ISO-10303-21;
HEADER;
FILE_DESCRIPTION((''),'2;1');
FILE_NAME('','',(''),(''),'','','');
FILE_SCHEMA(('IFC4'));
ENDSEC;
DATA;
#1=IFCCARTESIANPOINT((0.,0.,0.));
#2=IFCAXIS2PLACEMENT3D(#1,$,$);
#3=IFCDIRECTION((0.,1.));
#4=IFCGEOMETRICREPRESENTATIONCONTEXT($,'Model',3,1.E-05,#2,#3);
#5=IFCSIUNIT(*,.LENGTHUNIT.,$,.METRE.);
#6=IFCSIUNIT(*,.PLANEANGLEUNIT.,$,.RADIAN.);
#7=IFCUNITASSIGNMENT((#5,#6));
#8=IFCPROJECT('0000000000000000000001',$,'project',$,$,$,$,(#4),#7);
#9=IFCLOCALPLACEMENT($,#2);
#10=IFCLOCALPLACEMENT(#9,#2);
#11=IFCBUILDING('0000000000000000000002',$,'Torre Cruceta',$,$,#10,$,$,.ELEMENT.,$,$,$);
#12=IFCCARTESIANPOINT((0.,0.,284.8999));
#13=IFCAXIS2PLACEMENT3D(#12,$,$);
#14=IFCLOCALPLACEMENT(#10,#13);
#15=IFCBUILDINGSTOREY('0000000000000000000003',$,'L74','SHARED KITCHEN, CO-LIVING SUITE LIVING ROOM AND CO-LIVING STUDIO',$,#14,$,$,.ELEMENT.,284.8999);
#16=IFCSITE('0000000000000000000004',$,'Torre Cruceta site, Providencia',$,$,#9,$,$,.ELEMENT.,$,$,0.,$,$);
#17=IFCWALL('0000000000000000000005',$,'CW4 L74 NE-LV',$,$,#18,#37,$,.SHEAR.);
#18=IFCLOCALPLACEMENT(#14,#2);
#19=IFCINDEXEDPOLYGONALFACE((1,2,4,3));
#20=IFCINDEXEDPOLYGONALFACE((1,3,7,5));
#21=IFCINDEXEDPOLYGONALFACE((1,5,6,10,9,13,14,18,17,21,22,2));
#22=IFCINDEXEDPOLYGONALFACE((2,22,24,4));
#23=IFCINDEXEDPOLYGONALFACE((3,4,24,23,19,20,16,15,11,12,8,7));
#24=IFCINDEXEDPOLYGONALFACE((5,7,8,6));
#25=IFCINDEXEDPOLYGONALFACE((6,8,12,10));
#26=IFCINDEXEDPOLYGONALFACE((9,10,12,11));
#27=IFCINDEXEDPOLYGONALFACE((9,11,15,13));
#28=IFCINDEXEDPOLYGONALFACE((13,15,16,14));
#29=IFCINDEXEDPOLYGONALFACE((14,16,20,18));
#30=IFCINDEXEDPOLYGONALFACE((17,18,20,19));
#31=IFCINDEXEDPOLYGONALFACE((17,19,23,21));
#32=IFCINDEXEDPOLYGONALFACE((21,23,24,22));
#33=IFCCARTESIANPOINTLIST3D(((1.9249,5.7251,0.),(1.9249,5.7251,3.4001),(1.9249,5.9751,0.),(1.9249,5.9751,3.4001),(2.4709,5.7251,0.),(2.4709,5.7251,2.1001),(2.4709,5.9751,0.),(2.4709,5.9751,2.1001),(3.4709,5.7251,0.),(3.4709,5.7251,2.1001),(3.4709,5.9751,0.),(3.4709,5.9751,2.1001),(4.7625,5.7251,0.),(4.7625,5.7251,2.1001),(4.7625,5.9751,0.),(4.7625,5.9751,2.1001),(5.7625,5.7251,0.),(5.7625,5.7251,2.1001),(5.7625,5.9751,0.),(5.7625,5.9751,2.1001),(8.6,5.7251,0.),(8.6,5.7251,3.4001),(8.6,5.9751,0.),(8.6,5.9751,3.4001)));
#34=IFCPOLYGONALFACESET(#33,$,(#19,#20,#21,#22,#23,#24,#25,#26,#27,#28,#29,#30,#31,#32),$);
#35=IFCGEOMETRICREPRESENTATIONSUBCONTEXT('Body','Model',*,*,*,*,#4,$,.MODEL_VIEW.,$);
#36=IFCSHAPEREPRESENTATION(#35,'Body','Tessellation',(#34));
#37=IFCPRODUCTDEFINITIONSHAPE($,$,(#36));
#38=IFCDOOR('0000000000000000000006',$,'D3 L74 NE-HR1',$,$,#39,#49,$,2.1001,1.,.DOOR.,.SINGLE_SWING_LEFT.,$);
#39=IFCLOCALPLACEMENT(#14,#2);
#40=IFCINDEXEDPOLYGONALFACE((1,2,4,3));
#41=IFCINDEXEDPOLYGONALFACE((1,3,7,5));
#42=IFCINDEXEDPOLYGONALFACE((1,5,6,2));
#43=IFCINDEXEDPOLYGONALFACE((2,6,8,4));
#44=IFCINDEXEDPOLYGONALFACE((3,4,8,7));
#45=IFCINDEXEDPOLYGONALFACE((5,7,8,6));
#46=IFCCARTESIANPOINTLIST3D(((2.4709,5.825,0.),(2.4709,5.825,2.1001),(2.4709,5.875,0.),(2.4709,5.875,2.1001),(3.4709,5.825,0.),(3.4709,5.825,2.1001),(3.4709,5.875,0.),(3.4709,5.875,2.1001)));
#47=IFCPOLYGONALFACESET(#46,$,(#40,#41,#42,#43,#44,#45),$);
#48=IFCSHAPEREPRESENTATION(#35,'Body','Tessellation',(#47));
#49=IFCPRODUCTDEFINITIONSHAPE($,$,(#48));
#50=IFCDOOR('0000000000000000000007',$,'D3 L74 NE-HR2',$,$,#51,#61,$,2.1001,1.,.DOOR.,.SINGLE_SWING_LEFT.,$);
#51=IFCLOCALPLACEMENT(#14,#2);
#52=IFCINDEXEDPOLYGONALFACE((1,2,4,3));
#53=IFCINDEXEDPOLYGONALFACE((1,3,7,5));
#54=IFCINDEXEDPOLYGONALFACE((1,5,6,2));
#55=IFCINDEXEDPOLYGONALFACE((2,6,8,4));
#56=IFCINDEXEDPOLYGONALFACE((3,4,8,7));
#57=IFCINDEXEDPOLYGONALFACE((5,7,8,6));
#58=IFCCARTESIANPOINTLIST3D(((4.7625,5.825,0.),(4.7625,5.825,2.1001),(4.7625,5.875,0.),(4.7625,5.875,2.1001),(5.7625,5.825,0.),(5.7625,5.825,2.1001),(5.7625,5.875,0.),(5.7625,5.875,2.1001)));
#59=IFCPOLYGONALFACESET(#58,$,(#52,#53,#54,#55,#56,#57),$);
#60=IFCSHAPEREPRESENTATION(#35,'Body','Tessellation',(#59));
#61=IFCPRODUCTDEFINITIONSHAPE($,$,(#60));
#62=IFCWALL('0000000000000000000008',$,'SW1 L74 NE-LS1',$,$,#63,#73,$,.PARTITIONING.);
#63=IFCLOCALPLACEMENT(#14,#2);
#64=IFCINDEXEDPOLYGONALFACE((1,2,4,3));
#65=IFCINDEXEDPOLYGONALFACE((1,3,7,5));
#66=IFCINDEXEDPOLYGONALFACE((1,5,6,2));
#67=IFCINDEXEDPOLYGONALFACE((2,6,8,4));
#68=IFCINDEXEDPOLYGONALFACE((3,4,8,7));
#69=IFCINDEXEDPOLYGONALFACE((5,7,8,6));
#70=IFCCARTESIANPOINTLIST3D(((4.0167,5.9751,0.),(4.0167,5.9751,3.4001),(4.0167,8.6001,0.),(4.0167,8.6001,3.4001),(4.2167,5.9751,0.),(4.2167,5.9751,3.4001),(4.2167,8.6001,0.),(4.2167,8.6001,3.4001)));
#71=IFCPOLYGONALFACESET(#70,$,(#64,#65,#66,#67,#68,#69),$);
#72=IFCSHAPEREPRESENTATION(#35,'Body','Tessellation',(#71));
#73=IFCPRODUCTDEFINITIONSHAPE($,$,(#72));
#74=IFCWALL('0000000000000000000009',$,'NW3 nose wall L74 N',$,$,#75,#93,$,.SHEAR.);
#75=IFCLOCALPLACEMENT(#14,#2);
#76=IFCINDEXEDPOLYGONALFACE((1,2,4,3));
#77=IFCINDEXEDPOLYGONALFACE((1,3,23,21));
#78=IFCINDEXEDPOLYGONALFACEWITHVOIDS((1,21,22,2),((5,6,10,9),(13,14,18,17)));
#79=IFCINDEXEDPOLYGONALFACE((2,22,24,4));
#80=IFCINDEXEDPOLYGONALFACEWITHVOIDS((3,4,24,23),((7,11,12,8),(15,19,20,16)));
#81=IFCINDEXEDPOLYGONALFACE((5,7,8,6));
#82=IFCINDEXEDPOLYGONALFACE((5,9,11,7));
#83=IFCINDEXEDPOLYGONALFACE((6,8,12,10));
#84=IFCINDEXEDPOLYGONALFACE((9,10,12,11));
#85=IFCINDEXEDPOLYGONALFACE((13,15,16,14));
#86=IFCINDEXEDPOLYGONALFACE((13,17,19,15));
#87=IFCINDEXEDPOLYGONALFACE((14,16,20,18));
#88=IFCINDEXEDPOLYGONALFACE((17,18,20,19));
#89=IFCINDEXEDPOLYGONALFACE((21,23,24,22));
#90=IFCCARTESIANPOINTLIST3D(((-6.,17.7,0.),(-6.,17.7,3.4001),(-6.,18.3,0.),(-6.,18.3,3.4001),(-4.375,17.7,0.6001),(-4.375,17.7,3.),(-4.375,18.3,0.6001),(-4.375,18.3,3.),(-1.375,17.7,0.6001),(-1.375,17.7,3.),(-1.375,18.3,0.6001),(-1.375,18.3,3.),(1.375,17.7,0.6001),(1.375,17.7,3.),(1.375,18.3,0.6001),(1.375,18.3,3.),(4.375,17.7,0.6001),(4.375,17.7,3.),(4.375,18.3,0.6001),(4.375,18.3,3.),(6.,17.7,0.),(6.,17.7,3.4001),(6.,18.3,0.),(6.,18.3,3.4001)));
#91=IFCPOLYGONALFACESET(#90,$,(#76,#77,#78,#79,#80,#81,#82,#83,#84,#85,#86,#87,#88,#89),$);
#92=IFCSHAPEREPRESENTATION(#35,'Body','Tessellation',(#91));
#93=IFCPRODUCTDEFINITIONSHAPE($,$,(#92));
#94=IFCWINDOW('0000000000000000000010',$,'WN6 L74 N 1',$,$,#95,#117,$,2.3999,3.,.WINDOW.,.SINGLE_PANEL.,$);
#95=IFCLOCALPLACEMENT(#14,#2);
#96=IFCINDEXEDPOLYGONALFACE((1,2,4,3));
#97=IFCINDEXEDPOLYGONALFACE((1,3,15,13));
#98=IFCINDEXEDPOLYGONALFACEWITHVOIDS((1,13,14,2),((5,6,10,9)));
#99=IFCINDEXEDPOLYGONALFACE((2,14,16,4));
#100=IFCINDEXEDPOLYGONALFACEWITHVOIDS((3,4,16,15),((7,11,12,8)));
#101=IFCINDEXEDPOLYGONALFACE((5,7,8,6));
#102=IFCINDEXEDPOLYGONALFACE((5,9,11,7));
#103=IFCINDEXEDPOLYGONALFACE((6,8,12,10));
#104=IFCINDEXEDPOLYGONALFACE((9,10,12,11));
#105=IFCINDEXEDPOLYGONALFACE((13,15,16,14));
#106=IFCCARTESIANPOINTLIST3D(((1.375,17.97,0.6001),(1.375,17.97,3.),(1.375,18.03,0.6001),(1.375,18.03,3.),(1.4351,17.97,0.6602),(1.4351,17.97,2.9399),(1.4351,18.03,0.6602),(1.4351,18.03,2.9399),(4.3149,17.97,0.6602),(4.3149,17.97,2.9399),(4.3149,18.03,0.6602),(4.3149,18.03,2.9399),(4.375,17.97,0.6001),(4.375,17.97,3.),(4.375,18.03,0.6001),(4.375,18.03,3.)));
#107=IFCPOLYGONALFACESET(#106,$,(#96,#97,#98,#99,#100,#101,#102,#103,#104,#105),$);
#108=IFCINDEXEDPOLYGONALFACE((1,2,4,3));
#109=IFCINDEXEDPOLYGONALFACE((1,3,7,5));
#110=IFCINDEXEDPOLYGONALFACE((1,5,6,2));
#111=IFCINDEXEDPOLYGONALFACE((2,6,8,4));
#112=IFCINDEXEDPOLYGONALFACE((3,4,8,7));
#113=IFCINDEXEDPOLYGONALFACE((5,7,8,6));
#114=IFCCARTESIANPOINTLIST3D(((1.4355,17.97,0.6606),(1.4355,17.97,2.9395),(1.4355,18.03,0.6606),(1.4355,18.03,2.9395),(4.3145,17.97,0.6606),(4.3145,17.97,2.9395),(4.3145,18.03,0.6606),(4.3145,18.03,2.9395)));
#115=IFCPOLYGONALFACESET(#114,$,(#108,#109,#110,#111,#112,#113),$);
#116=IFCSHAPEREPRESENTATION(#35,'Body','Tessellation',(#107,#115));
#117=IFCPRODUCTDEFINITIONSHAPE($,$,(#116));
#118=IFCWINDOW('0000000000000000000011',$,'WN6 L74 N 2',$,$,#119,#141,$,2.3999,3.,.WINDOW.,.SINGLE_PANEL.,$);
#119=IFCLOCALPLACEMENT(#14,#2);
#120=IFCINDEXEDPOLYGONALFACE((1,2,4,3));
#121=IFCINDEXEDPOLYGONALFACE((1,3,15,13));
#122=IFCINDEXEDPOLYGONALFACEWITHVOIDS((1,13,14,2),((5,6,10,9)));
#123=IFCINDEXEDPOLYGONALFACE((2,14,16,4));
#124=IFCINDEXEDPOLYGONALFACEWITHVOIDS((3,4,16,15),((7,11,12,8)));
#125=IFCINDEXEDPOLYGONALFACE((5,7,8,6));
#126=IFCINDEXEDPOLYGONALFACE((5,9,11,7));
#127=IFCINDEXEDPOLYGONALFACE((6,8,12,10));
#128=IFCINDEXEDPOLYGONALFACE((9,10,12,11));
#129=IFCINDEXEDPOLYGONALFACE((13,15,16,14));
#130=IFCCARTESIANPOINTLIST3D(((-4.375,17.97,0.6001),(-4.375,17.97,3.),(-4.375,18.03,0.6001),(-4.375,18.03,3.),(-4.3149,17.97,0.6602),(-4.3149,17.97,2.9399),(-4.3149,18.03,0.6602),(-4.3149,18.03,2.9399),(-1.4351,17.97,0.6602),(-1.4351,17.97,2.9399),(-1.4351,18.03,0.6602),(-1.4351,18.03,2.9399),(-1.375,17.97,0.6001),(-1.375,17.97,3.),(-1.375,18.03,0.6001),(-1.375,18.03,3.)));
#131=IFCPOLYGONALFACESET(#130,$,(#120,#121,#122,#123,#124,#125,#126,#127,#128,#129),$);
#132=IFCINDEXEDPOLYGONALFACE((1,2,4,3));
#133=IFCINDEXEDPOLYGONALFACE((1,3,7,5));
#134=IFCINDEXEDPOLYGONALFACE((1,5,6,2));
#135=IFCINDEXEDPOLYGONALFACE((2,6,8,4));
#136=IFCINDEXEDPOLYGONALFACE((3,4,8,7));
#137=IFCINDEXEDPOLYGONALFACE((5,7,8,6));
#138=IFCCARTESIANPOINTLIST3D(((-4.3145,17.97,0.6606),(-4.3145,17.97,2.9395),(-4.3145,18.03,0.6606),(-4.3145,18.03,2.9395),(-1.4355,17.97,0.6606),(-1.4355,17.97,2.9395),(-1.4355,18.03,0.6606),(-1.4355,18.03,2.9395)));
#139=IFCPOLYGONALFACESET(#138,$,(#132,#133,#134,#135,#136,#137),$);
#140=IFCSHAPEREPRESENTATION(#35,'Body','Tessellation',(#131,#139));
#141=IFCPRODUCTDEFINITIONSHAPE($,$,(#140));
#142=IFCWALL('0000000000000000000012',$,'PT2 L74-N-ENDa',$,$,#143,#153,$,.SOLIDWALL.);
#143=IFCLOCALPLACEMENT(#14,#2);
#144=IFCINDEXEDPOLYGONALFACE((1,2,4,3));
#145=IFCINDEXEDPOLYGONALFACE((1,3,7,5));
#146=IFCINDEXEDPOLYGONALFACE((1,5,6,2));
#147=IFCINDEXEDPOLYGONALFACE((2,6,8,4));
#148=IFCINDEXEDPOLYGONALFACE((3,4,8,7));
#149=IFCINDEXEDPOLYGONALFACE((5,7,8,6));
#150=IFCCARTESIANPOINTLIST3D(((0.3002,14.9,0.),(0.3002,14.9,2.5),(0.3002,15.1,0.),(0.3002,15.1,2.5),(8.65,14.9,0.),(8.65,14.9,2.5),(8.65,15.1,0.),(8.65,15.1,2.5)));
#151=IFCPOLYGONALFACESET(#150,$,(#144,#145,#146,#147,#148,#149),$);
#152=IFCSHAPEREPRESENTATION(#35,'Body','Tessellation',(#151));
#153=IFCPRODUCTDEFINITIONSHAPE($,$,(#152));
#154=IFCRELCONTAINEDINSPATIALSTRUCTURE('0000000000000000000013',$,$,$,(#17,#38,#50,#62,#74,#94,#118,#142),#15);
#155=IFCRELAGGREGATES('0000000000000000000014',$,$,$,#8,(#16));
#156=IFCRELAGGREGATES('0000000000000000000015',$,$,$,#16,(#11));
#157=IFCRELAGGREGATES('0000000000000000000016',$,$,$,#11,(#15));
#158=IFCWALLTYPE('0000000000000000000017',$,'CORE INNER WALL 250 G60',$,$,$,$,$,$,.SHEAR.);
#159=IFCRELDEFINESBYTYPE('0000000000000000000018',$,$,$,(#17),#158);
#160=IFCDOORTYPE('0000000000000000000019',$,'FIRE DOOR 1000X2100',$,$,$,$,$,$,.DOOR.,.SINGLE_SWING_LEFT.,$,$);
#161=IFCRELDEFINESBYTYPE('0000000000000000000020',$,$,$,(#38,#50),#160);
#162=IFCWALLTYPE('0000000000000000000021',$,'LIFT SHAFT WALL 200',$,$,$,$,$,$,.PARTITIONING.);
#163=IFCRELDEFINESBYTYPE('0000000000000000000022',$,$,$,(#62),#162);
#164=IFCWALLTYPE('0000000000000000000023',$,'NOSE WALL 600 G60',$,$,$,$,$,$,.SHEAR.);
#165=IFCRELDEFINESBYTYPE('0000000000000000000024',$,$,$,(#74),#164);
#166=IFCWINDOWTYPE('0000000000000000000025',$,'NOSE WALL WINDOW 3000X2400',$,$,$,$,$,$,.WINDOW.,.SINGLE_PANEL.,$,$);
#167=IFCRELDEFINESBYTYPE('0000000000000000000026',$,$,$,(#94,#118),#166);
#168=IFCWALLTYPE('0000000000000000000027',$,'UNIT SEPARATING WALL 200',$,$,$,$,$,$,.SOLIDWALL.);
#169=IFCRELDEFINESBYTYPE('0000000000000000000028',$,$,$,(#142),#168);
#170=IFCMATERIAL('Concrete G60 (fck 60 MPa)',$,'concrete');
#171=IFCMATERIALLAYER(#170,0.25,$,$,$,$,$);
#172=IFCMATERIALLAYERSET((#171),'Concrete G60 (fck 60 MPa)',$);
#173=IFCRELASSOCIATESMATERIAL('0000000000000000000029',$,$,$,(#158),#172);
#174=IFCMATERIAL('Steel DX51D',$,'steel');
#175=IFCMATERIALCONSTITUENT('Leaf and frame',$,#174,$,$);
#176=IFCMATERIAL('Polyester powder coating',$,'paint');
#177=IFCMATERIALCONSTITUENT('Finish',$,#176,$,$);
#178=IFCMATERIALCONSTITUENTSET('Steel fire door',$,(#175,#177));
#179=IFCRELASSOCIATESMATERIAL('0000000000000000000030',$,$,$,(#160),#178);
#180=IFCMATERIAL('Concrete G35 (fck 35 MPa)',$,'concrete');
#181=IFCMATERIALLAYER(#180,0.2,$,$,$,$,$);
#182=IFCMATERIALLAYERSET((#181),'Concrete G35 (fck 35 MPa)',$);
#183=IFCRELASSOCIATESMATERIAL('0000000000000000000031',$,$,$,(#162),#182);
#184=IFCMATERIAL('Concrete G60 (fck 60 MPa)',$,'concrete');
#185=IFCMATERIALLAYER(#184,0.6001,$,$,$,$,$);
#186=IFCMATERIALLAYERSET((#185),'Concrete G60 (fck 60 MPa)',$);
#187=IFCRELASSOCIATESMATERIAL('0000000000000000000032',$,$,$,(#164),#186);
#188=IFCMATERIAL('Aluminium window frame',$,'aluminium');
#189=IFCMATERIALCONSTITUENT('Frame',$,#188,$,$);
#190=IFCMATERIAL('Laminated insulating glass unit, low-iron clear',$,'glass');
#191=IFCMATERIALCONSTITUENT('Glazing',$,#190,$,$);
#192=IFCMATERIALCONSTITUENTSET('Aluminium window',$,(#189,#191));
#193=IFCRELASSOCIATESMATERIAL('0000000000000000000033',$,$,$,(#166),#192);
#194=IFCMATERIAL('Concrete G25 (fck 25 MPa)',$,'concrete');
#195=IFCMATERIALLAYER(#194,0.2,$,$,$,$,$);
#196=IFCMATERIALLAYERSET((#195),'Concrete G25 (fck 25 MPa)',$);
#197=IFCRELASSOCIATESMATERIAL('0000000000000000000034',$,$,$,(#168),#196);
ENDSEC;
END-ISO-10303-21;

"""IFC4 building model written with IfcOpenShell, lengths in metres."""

from ifc_helpers import new_model, si_unit, direction, frame, frame_2d, origin, place, context, subcontext, project, spatial, rectangle, hollow_rectangle, extrude, material, layer, layer_set, constituent, constituent_set, type_object, element, fill, save


model = new_model("IFC4")

# Units and contexts
model_context = context("Model", 3, precision=1e-05, world=origin(), true_north=direction((0.0, 1.0)))
body_context = subcontext(model_context, "Body", "Model", "MODEL_VIEW")
ifc_project = project(units=[si_unit("LENGTHUNIT", "METRE"), si_unit("PLANEANGLEUNIT", "RADIAN")], contexts=[model_context])

# Site, building, storey
site_placement = place(None, origin())
site = spatial("IfcSite", under=ifc_project, at=site_placement, Name="Torre Cruceta site, Providencia", CompositionType="ELEMENT", RefElevation=0.0)
building_placement = place(site_placement, origin())
building = spatial("IfcBuilding", under=site, at=building_placement, Name="Torre Cruceta", CompositionType="ELEMENT")
storey_placement = place(building_placement, frame((0.0, 0.0, 284.8999)))
storey = spatial("IfcBuildingStorey", under=building, at=storey_placement, Name="L74", Description="SHARED KITCHEN, CO-LIVING SUITE LIVING ROOM AND CO-LIVING STUDIO", CompositionType="ELEMENT", Elevation=284.8999)

# Wall, openings, doors
ifc_material_1 = material(Name="Concrete G60 (fck 60 MPa)", Category="concrete")
ifc_layer_1 = layer(ifc_material_1, 0.25)
ifc_layer_set_1 = layer_set([ifc_layer_1], Name="Concrete G60 (fck 60 MPa)")
wall_type_1 = type_object("IfcWallType", Name="CORE INNER WALL 250 G60", PredefinedType="SHEAR", material=ifc_layer_set_1)
wall_1_placement = place(storey_placement, frame((1.925, 5.8501, 0.0), z_axis=(0.0, 0.0, 1.0), x_axis=(1.0, 0.0, 0.0)))
wall_1 = element("IfcWall", 1, at=wall_1_placement, inside=storey, type_object=wall_type_1, Name="CW4 L74 NE-LV", PredefinedType="SHEAR", context=body_context, shape_type="SweptSolid", body=[
    extrude(rectangle(XDim=6.675, YDim=0.25, at=frame_2d((3.3374, 0.0))), origin(), (0.0, 0.0, 1.0), 3.4001),
])
opening_1_placement = place(wall_1_placement, frame((0.5459, 0.0, 0.0)))
opening_1 = element("IfcOpeningElement", 2, at=opening_1_placement, cuts=wall_1, PredefinedType="OPENING", context=body_context, shape_type="SweptSolid", body=[
    extrude(rectangle(XDim=1.0, YDim=2.1001, at=frame_2d((0.5, 1.05))), frame((0.0, 0.135, 0.0), z_axis=(0.0, -1.0, 0.0), x_axis=(1.0, 0.0, 0.0)), (0.0, 0.0, 1.0), 0.27),
])
opening_2_placement = place(wall_1_placement, frame((2.8374, 0.0, 0.0)))
opening_2 = element("IfcOpeningElement", 3, at=opening_2_placement, cuts=wall_1, PredefinedType="OPENING", context=body_context, shape_type="SweptSolid", body=[
    extrude(rectangle(XDim=1.0, YDim=2.1001, at=frame_2d((0.5, 1.05))), frame((0.0, 0.135, 0.0), z_axis=(0.0, -1.0, 0.0), x_axis=(1.0, 0.0, 0.0)), (0.0, 0.0, 1.0), 0.27),
])
ifc_material_2 = material(Name="Steel DX51D", Category="steel")
ifc_constituent_1 = constituent(ifc_material_2, Name="Leaf and frame")
ifc_material_3 = material(Name="Polyester powder coating", Category="paint")
ifc_constituent_2 = constituent(ifc_material_3, Name="Finish")
ifc_constituent_set_1 = constituent_set(constituents=[ifc_constituent_1, ifc_constituent_2], Name="Steel fire door")
door_type_1 = type_object("IfcDoorType", Name="FIRE DOOR 1000X2100", OperationType="SINGLE_SWING_LEFT", PredefinedType="DOOR", material=ifc_constituent_set_1)
door_1_placement = place(opening_1_placement, origin())
door_1 = element("IfcDoor", 4, at=door_1_placement, inside=storey, type_object=door_type_1, Name="D3 L74 NE-HR1", OperationType="SINGLE_SWING_LEFT", OverallHeight=2.1001, OverallWidth=1.0, PredefinedType="DOOR", context=body_context, shape_type="SweptSolid", body=[
    extrude(rectangle(XDim=1.0, YDim=2.1001, at=frame_2d((0.5, 1.05))), frame((0.0, 0.0249, 0.0), z_axis=(0.0, -1.0, 0.0), x_axis=(1.0, 0.0, 0.0)), (0.0, 0.0, 1.0), 0.05),
])
fill(opening_1, door_1)
door_2_placement = place(opening_2_placement, origin())
door_2 = element("IfcDoor", 5, at=door_2_placement, inside=storey, type_object=door_type_1, Name="D3 L74 NE-HR2", OperationType="SINGLE_SWING_LEFT", OverallHeight=2.1001, OverallWidth=1.0, PredefinedType="DOOR", context=body_context, shape_type="SweptSolid", body=[
    extrude(rectangle(XDim=1.0, YDim=2.1001, at=frame_2d((0.5, 1.05))), frame((0.0, 0.0249, 0.0), z_axis=(0.0, -1.0, 0.0), x_axis=(1.0, 0.0, 0.0)), (0.0, 0.0, 1.0), 0.05),
])
fill(opening_2, door_2)

# Wall
ifc_material_4 = material(Name="Concrete G35 (fck 35 MPa)", Category="concrete")
ifc_layer_2 = layer(ifc_material_4, 0.2)
ifc_layer_set_2 = layer_set([ifc_layer_2], Name="Concrete G35 (fck 35 MPa)")
wall_type_2 = type_object("IfcWallType", Name="LIFT SHAFT WALL 200", PredefinedType="PARTITIONING", material=ifc_layer_set_2)
wall_2_placement = place(storey_placement, frame((4.1167, 5.9751, 0.0), z_axis=(0.0, 0.0, 1.0), x_axis=(0.0, 1.0, 0.0)))
element("IfcWall", 6, at=wall_2_placement, inside=storey, type_object=wall_type_2, Name="SW1 L74 NE-LS1", PredefinedType="PARTITIONING", context=body_context, shape_type="SweptSolid", body=[
    extrude(rectangle(XDim=2.625, YDim=0.2, at=frame_2d((1.3125, 0.0))), origin(), (0.0, 0.0, 1.0), 3.4001),
])

# Wall, openings, windows
ifc_material_5 = material(Name="Concrete G60 (fck 60 MPa)", Category="concrete")
ifc_layer_3 = layer(ifc_material_5, 0.6001)
ifc_layer_set_3 = layer_set([ifc_layer_3], Name="Concrete G60 (fck 60 MPa)")
wall_type_3 = type_object("IfcWallType", Name="NOSE WALL 600 G60", PredefinedType="SHEAR", material=ifc_layer_set_3)
wall_3_placement = place(storey_placement, frame((6.0, 18.0, 0.0), z_axis=(0.0, 0.0, 1.0), x_axis=(-1.0, 0.0, 0.0)))
wall_3 = element("IfcWall", 7, at=wall_3_placement, inside=storey, type_object=wall_type_3, Name="NW3 nose wall L74 N", PredefinedType="SHEAR", context=body_context, shape_type="SweptSolid", body=[
    extrude(rectangle(XDim=12.0, YDim=0.6001, at=frame_2d((6.0, 0.0))), origin(), (0.0, 0.0, 1.0), 3.4001),
])
opening_3_placement = place(wall_3_placement, frame((1.625, 0.0, 0.6001)))
opening_3 = element("IfcOpeningElement", 8, at=opening_3_placement, cuts=wall_3, PredefinedType="OPENING", context=body_context, shape_type="SweptSolid", body=[
    extrude(rectangle(XDim=3.0, YDim=2.3999, at=frame_2d((1.5, 1.2))), frame((0.0, 0.3101, 0.0), z_axis=(0.0, -1.0, 0.0), x_axis=(1.0, 0.0, 0.0)), (0.0, 0.0, 1.0), 0.6201),
])
opening_4_placement = place(wall_3_placement, frame((7.375, 0.0, 0.6001)))
opening_4 = element("IfcOpeningElement", 9, at=opening_4_placement, cuts=wall_3, PredefinedType="OPENING", context=body_context, shape_type="SweptSolid", body=[
    extrude(rectangle(XDim=3.0, YDim=2.3999, at=frame_2d((1.5, 1.2))), frame((0.0, 0.3101, 0.0), z_axis=(0.0, -1.0, 0.0), x_axis=(1.0, 0.0, 0.0)), (0.0, 0.0, 1.0), 0.6201),
])
ifc_material_6 = material(Name="Aluminium window frame", Category="aluminium")
ifc_constituent_3 = constituent(ifc_material_6, Name="Frame")
ifc_material_7 = material(Name="Laminated insulating glass unit, low-iron clear", Category="glass")
ifc_constituent_4 = constituent(ifc_material_7, Name="Glazing")
ifc_constituent_set_2 = constituent_set(constituents=[ifc_constituent_3, ifc_constituent_4], Name="Aluminium window")
window_type = type_object("IfcWindowType", Name="NOSE WALL WINDOW 3000X2400", PartitioningType="SINGLE_PANEL", PredefinedType="WINDOW", material=ifc_constituent_set_2)
window_1_placement = place(opening_3_placement, origin())
window_1 = element("IfcWindow", 10, at=window_1_placement, inside=storey, type_object=window_type, Name="WN6 L74 N 1", OverallHeight=2.3999, OverallWidth=3.0, PartitioningType="SINGLE_PANEL", PredefinedType="WINDOW", context=body_context, shape_type="SweptSolid", body=[
    extrude(hollow_rectangle(XDim=3.0, YDim=2.3999, WallThickness=0.0601, at=frame_2d((1.5, 1.2))), frame((0.0, 0.03, 0.0), z_axis=(0.0, -1.0, 0.0), x_axis=(1.0, 0.0, 0.0)), (0.0, 0.0, 1.0), 0.0601),
    extrude(rectangle(XDim=2.8789, YDim=2.2788, at=frame_2d((1.5, 1.2))), frame((0.0, 0.03, 0.0), z_axis=(0.0, -1.0, 0.0), x_axis=(1.0, 0.0, 0.0)), (0.0, 0.0, 1.0), 0.0601),
])
fill(opening_3, window_1)
window_2_placement = place(opening_4_placement, origin())
window_2 = element("IfcWindow", 11, at=window_2_placement, inside=storey, type_object=window_type, Name="WN6 L74 N 2", OverallHeight=2.3999, OverallWidth=3.0, PartitioningType="SINGLE_PANEL", PredefinedType="WINDOW", context=body_context, shape_type="SweptSolid", body=[
    extrude(hollow_rectangle(XDim=3.0, YDim=2.3999, WallThickness=0.0601, at=frame_2d((1.5, 1.2))), frame((0.0, 0.03, 0.0), z_axis=(0.0, -1.0, 0.0), x_axis=(1.0, 0.0, 0.0)), (0.0, 0.0, 1.0), 0.0601),
    extrude(rectangle(XDim=2.8789, YDim=2.2788, at=frame_2d((1.5, 1.2))), frame((0.0, 0.03, 0.0), z_axis=(0.0, -1.0, 0.0), x_axis=(1.0, 0.0, 0.0)), (0.0, 0.0, 1.0), 0.0601),
])
fill(opening_4, window_2)

# Wall
ifc_material_8 = material(Name="Concrete G25 (fck 25 MPa)", Category="concrete")
ifc_layer_4 = layer(ifc_material_8, 0.2)
ifc_layer_set_4 = layer_set([ifc_layer_4], Name="Concrete G25 (fck 25 MPa)")
wall_type_4 = type_object("IfcWallType", Name="UNIT SEPARATING WALL 200", PredefinedType="SOLIDWALL", material=ifc_layer_set_4)
wall_4_placement = place(storey_placement, frame((8.6499, 15.0, 0.0), z_axis=(0.0, 0.0, 1.0), x_axis=(-1.0, 0.0, 0.0)))
element("IfcWall", 12, at=wall_4_placement, inside=storey, type_object=wall_type_4, Name="PT2 L74-N-ENDa", PredefinedType="SOLIDWALL", context=body_context, shape_type="SweptSolid", body=[
    extrude(rectangle(XDim=8.3499, YDim=0.2, at=frame_2d((4.1748, 0.0))), origin(), (0.0, 0.0, 1.0), 2.5),
])

save(model, "model.ifc")
